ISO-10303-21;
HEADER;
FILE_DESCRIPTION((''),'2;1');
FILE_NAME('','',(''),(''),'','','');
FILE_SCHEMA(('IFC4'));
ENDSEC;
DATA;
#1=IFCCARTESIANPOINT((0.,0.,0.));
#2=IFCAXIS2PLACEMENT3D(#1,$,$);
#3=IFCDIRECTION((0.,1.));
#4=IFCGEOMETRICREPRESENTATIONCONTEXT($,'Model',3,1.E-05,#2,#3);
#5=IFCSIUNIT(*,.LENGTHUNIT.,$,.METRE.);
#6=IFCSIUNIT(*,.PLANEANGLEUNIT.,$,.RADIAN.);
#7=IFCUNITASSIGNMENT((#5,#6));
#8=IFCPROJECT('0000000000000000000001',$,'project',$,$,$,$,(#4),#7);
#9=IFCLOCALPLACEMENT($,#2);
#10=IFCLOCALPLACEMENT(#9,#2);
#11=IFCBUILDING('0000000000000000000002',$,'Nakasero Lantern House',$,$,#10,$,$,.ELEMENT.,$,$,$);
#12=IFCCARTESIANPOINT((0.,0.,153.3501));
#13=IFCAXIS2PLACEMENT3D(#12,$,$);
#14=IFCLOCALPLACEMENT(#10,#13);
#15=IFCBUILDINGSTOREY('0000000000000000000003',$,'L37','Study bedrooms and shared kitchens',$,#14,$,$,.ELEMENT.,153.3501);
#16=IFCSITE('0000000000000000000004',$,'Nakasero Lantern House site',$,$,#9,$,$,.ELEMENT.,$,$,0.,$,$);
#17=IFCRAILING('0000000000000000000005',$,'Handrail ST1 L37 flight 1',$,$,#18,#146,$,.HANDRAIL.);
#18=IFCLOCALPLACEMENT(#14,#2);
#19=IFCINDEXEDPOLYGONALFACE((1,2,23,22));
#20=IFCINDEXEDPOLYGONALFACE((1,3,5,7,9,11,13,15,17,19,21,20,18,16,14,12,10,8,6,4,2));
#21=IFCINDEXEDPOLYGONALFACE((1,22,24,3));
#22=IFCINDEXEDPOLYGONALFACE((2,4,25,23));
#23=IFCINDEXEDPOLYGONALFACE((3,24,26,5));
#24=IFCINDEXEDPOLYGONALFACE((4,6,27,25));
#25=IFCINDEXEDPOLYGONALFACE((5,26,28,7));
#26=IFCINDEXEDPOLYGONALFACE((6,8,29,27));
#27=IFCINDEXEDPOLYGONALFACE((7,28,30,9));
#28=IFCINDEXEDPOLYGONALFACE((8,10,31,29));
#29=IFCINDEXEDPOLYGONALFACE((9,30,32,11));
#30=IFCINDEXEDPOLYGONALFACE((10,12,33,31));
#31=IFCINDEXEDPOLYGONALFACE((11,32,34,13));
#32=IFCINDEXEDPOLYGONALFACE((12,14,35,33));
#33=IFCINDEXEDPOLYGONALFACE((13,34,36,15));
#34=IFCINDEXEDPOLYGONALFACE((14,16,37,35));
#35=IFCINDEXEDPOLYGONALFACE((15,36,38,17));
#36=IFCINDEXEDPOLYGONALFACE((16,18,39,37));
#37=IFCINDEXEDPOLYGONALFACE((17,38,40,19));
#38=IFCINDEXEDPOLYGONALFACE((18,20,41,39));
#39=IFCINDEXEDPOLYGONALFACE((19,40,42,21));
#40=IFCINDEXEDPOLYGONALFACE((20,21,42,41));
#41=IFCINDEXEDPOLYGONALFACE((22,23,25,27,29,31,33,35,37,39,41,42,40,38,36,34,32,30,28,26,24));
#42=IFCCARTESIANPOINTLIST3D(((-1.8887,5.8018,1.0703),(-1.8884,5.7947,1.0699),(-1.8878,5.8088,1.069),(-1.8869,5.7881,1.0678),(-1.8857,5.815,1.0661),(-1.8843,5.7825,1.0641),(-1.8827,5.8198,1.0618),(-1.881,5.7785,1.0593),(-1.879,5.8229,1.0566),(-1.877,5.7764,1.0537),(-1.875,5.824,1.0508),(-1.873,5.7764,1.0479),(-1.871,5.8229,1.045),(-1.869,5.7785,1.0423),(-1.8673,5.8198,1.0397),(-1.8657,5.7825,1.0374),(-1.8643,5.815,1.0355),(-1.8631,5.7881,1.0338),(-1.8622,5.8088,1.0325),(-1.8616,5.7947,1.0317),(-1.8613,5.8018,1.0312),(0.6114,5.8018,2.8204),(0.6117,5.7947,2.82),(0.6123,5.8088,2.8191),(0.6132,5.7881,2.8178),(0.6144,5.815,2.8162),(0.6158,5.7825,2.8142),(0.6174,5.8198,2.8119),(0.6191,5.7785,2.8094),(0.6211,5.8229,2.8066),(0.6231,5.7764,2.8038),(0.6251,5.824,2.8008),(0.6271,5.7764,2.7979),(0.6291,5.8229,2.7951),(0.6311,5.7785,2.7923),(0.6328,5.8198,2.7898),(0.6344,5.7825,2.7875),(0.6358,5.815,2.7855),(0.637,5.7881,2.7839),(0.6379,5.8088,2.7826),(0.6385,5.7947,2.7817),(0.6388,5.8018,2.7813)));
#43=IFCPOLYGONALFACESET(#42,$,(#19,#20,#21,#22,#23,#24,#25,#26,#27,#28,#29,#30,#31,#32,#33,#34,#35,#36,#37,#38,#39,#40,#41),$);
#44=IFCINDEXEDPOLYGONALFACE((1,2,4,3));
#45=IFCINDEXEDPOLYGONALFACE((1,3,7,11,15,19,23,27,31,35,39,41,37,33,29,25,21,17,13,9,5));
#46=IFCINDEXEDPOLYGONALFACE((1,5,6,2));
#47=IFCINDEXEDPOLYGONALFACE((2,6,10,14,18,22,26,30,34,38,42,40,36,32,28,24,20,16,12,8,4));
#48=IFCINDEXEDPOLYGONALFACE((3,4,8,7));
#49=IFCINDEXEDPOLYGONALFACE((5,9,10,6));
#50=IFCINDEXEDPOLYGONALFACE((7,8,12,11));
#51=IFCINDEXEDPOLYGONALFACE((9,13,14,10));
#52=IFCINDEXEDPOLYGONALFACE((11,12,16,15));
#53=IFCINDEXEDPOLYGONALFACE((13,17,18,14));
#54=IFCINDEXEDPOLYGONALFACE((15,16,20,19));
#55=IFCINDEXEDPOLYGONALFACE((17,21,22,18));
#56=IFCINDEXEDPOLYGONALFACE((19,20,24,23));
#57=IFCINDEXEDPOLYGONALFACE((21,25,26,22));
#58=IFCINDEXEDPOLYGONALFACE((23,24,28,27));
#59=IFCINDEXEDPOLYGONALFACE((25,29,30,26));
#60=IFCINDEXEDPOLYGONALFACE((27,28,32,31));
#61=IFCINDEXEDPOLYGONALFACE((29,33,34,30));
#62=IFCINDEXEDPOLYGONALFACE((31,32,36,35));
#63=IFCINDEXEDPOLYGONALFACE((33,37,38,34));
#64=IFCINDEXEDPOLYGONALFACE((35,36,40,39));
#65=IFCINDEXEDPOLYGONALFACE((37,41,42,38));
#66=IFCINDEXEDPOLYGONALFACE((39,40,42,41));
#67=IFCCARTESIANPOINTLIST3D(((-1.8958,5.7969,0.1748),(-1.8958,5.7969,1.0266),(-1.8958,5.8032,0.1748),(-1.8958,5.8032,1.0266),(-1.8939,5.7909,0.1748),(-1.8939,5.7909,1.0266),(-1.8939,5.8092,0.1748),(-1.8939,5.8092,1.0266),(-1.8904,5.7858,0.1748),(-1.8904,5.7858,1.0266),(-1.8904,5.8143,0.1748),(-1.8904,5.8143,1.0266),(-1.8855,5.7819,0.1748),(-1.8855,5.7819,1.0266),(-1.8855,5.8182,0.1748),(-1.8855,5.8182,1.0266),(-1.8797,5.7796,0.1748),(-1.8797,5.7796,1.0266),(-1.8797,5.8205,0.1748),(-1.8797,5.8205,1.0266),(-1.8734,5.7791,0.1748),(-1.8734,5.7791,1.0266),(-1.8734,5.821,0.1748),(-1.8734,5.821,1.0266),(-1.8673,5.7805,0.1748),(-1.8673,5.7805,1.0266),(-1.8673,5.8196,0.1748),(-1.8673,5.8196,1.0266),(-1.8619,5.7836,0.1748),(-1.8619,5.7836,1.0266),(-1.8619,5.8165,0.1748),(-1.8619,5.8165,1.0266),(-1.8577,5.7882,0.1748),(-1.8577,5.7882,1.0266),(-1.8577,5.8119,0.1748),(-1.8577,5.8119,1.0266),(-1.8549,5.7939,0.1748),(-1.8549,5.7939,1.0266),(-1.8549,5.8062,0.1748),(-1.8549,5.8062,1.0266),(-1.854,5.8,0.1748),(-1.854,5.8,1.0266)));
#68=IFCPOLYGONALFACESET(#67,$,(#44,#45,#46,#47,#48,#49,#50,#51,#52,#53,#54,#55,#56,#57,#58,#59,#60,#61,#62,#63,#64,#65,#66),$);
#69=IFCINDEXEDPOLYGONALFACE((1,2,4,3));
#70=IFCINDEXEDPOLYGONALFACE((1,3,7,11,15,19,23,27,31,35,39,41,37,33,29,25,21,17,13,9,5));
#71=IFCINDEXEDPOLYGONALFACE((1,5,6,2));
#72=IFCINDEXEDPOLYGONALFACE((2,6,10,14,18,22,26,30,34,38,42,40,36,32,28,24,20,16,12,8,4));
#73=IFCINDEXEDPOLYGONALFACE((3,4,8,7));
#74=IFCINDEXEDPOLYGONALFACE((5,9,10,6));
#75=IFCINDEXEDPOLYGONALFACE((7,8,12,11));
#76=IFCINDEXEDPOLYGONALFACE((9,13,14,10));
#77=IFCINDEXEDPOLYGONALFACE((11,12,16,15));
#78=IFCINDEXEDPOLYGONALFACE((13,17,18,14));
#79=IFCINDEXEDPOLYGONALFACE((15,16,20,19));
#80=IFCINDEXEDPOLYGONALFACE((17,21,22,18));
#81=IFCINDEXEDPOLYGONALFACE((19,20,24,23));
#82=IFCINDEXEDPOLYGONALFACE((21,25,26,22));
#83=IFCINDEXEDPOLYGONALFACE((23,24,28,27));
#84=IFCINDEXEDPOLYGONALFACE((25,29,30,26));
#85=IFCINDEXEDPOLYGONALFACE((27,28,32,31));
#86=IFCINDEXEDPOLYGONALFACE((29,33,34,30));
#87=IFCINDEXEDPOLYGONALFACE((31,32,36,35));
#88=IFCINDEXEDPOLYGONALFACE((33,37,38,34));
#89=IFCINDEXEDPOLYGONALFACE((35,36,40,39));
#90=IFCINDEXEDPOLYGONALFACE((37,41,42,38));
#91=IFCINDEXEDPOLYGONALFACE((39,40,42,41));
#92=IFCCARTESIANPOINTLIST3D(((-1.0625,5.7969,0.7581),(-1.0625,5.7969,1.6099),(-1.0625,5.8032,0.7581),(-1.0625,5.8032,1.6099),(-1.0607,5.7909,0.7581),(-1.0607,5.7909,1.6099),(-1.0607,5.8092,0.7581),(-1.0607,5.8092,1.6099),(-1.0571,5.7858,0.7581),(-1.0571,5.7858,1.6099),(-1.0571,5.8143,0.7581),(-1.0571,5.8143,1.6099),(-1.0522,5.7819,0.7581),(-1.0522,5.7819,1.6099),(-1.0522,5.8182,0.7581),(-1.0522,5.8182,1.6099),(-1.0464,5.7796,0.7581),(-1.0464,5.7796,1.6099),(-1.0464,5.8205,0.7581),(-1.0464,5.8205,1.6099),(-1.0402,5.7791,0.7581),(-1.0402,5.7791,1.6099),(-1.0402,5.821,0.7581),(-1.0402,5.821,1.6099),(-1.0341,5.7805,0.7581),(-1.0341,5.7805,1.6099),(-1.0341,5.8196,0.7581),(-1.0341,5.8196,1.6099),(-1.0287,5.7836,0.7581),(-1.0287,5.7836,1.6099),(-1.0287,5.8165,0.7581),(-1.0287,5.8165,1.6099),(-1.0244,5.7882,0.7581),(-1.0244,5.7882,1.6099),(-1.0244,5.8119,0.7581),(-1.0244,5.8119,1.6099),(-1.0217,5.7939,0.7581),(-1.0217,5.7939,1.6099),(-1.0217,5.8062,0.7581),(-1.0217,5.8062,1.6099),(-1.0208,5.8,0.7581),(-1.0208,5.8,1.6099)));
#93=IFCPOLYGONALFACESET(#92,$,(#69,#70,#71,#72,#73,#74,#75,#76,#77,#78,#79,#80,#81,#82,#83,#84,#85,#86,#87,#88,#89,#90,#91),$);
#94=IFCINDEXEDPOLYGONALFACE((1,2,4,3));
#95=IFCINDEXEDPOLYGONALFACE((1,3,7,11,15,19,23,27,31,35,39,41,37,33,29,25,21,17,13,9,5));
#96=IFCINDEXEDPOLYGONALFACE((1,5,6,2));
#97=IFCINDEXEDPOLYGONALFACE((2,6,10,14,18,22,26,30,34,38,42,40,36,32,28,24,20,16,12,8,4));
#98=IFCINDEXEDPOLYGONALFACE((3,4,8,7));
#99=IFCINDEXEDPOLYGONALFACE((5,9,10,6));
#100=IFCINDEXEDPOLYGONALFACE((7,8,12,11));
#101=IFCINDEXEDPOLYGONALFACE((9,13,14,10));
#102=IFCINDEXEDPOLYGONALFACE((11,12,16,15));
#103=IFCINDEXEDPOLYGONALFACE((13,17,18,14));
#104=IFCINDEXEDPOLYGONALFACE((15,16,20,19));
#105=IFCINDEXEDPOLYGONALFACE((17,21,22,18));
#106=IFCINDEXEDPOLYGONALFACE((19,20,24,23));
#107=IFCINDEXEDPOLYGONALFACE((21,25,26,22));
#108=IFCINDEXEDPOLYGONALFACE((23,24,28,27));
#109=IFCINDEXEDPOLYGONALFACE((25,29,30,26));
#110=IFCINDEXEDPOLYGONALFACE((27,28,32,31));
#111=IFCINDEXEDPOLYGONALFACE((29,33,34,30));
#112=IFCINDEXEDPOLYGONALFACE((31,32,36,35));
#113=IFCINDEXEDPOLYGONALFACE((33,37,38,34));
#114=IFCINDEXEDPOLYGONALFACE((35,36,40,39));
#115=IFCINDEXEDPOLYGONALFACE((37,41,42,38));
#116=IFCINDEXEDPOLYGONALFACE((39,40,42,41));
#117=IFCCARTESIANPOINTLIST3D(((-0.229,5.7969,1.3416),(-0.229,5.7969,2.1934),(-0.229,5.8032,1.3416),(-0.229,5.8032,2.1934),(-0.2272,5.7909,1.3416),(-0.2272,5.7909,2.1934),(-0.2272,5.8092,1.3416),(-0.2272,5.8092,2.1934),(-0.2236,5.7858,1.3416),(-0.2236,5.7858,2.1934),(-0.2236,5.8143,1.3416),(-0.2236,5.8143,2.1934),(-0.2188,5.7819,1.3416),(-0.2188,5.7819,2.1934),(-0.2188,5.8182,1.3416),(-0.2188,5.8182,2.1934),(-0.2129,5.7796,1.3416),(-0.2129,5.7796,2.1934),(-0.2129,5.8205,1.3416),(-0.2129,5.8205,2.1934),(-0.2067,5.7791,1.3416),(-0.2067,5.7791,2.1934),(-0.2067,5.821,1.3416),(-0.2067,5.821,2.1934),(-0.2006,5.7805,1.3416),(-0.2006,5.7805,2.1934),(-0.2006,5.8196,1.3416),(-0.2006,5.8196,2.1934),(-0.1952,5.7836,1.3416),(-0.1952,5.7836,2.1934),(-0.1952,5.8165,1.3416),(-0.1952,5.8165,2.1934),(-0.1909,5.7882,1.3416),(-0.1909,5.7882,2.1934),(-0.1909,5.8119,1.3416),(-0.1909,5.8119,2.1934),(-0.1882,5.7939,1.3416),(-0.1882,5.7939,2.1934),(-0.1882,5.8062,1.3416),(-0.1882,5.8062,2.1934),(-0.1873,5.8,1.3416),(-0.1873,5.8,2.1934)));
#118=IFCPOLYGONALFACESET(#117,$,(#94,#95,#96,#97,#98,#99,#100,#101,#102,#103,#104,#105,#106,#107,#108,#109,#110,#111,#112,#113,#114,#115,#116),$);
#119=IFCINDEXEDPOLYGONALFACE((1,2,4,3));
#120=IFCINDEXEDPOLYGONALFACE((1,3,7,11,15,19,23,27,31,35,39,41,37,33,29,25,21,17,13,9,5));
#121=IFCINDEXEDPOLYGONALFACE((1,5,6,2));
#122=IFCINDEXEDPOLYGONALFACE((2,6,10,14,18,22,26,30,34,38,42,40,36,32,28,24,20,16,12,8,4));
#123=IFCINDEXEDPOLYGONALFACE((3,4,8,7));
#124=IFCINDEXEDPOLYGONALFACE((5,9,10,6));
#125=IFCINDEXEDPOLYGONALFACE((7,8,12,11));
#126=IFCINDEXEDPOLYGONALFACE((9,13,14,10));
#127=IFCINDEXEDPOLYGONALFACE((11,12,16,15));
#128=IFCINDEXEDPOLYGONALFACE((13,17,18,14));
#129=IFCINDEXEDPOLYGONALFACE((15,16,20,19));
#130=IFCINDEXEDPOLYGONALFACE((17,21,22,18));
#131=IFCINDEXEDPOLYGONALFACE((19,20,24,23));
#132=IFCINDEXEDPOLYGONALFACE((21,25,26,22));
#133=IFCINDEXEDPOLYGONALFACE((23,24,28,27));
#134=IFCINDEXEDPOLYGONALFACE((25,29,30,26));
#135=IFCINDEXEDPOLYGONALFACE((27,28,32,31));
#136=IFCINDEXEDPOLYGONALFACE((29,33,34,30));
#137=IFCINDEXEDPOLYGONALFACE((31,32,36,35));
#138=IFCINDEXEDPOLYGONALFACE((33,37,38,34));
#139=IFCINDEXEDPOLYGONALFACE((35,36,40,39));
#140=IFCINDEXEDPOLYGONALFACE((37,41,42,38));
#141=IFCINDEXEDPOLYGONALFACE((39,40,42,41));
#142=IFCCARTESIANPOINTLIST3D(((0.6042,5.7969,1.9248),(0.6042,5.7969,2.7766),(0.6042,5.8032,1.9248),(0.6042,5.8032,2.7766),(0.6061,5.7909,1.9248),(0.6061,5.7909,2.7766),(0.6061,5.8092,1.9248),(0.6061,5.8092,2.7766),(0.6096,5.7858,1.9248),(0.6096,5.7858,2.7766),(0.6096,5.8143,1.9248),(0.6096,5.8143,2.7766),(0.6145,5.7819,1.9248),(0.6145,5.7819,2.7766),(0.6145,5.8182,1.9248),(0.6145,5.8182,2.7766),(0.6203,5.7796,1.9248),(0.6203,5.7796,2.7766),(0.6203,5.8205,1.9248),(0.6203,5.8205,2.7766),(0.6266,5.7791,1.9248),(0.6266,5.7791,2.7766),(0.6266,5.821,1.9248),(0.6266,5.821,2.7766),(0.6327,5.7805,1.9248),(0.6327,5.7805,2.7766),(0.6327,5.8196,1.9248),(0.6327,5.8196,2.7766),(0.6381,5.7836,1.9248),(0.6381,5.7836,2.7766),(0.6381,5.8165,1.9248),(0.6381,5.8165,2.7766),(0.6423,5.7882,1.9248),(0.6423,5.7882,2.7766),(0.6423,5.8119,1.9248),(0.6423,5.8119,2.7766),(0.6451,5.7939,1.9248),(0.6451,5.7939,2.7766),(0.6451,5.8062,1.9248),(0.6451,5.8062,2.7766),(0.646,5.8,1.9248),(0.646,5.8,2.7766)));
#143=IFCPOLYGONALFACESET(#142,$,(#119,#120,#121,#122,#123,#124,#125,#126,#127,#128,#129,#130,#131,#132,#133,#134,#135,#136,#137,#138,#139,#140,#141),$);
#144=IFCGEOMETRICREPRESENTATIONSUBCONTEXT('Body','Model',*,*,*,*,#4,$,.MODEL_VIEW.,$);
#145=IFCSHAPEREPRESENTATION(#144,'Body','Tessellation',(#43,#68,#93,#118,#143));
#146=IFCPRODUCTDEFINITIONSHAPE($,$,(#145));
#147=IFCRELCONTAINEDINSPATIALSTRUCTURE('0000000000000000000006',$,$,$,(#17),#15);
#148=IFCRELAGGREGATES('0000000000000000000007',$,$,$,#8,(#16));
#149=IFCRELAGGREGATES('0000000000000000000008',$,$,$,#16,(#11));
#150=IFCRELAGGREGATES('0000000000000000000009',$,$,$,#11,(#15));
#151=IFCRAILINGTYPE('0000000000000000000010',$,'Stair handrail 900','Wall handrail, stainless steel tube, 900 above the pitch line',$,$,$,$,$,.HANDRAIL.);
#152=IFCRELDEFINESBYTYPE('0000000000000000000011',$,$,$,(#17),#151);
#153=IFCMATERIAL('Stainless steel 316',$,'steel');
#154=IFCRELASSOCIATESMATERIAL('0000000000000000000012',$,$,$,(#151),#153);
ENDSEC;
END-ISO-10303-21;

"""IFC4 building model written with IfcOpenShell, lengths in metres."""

from ifc_helpers import new_model, si_unit, direction, frame, origin, origin_2d, place, context, subcontext, project, spatial, circle, extrude, material, type_object, element, save


model = new_model("IFC4")

# Units and contexts
model_context = context("Model", 3, precision=1e-05, world=origin(), true_north=direction((0.0, 1.0)))
body_context = subcontext(model_context, "Body", "Model", "MODEL_VIEW")
ifc_project = project(units=[si_unit("LENGTHUNIT", "METRE"), si_unit("PLANEANGLEUNIT", "RADIAN")], contexts=[model_context])

# Site, building, storey
site_placement = place(None, origin())
site = spatial("IfcSite", under=ifc_project, at=site_placement, Name="Nakasero Lantern House site", CompositionType="ELEMENT", RefElevation=0.0)
building_placement = place(site_placement, origin())
building = spatial("IfcBuilding", under=site, at=building_placement, Name="Nakasero Lantern House", CompositionType="ELEMENT")
storey_placement = place(building_placement, frame((0.0, 0.0, 153.3501)))
storey = spatial("IfcBuildingStorey", under=building, at=storey_placement, Name="L37", Description="Study bedrooms and shared kitchens", CompositionType="ELEMENT", Elevation=153.3501)

# Railing
ifc_material_1 = material(Name="Stainless steel 316", Category="steel")
railing_type = type_object("IfcRailingType", Name="Stair handrail 900", Description="Wall handrail, stainless steel tube, 900 above the pitch line", PredefinedType="HANDRAIL", material=ifc_material_1)
railing_placement = place(storey_placement, frame((-1.875, 5.8, 0.1748)))
element("IfcRailing", 1, at=railing_placement, inside=storey, type_object=railing_type, Name="Handrail ST1 L37 flight 1", PredefinedType="HANDRAIL", context=body_context, shape_type="SweptSolid", body=[
    extrude(circle(Radius=0.0239, at=origin_2d()), frame((0.0, 0.0, 0.876), z_axis=(0.819232, 0.0, 0.573462), x_axis=(0.0, 1.0, 0.0)), (0.0, 0.0, 1.0), 3.0518),
    extrude(circle(Radius=0.021, at=origin_2d()), origin(), (0.0, 0.0, 1.0), 0.8518),
    extrude(circle(Radius=0.021, at=origin_2d()), frame((0.8333, 0.0, 0.5833)), (0.0, 0.0, 1.0), 0.8518),
    extrude(circle(Radius=0.021, at=origin_2d()), frame((1.6667, 0.0, 1.1667)), (0.0, 0.0, 1.0), 0.8518),
    extrude(circle(Radius=0.021, at=origin_2d()), frame((2.5, 0.0, 1.75)), (0.0, 0.0, 1.0), 0.8518),
])

save(model, "model.ifc")
